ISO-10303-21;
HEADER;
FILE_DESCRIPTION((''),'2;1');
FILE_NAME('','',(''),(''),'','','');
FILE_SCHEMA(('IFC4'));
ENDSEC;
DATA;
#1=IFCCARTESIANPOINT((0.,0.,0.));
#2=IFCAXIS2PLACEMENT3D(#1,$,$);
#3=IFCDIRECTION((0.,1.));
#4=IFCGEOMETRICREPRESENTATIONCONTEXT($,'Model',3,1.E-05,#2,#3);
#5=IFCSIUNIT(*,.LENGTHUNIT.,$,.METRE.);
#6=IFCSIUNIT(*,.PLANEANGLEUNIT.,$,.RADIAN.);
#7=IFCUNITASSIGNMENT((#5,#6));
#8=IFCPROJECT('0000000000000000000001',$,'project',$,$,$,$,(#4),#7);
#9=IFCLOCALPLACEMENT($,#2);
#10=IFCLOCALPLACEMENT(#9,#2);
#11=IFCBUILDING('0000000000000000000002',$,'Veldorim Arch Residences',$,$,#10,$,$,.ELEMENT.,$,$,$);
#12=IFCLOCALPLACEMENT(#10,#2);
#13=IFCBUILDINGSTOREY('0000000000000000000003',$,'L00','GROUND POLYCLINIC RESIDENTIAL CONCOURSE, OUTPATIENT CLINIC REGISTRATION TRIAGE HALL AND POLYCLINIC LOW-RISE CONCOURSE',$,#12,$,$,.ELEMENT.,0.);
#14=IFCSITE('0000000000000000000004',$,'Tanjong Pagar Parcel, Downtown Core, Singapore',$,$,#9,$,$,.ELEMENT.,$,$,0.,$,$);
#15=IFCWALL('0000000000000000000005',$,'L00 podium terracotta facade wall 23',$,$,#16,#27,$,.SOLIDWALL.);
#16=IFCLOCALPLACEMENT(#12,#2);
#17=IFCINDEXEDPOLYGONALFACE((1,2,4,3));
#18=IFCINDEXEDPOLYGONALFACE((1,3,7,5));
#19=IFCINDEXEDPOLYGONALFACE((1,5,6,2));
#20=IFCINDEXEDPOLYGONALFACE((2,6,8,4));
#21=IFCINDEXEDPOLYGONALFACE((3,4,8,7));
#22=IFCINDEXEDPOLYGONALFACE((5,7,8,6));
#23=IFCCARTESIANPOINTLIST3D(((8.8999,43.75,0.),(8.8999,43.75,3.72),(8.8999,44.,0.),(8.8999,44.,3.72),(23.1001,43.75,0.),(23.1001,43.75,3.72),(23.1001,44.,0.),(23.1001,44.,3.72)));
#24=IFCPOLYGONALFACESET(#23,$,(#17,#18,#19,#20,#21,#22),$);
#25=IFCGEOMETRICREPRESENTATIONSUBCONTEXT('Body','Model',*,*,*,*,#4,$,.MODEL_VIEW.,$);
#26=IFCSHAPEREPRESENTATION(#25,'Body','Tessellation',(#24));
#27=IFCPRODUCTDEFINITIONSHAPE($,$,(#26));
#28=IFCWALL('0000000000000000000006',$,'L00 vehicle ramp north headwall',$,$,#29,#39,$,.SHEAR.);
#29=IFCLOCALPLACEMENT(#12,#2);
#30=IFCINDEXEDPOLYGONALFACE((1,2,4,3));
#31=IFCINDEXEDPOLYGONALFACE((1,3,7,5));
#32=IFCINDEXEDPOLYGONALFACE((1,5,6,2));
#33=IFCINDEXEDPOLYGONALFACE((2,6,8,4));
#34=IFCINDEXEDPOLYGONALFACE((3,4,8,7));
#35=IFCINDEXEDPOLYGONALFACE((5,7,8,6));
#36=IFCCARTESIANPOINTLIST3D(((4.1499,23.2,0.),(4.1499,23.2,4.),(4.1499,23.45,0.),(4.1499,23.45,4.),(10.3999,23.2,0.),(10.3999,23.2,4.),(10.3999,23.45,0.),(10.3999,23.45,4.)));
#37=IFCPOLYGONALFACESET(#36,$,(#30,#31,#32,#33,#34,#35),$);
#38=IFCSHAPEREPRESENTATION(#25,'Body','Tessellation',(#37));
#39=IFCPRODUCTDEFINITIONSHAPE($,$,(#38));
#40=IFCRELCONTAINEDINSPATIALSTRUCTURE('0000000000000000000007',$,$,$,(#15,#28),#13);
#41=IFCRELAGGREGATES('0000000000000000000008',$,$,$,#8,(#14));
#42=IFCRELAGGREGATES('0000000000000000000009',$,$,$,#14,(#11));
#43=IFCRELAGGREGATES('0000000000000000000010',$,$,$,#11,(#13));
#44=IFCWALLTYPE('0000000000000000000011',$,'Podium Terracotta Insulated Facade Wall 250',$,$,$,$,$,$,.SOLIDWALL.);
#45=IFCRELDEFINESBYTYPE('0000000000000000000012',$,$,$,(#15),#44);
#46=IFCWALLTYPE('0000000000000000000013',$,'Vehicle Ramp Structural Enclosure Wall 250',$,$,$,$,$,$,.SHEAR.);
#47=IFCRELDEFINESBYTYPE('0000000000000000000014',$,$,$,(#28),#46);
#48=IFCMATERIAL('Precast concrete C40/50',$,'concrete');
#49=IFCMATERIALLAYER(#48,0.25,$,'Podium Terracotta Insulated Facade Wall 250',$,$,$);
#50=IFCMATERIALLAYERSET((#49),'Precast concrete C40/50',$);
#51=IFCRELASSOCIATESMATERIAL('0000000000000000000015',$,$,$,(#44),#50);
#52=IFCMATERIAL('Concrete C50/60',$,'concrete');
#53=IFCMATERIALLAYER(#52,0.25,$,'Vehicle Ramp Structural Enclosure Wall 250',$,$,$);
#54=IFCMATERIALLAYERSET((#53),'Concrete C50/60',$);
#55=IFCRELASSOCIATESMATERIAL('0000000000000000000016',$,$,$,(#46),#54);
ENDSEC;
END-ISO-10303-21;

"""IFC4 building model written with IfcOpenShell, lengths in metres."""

from ifc_helpers import new_model, si_unit, direction, frame, frame_2d, origin, place, context, subcontext, project, spatial, rectangle, extrude, material, layer, layer_set, type_object, element, save


model = new_model("IFC4")

# Units and contexts
model_context = context("Model", 3, precision=1e-05, world=origin(), true_north=direction((0.0, 1.0)))
body_context = subcontext(model_context, "Body", "Model", "MODEL_VIEW")
ifc_project = project(units=[si_unit("LENGTHUNIT", "METRE"), si_unit("PLANEANGLEUNIT", "RADIAN")], contexts=[model_context])

# Site, building, storey
site_placement = place(None, origin())
site = spatial("IfcSite", under=ifc_project, at=site_placement, Name="Tanjong Pagar Parcel, Downtown Core, Singapore", CompositionType="ELEMENT", RefElevation=0.0)
building_placement = place(site_placement, origin())
building = spatial("IfcBuilding", under=site, at=building_placement, Name="Veldorim Arch Residences", CompositionType="ELEMENT")
storey_placement = place(building_placement, origin())
storey = spatial("IfcBuildingStorey", under=building, at=storey_placement, Name="L00", Description="GROUND POLYCLINIC RESIDENTIAL CONCOURSE, OUTPATIENT CLINIC REGISTRATION TRIAGE HALL AND POLYCLINIC LOW-RISE CONCOURSE", CompositionType="ELEMENT", Elevation=0.0)

# Walls
ifc_material_1 = material(Name="Precast concrete C40/50", Category="concrete")
ifc_layer_1 = layer(ifc_material_1, 0.25, Name="Podium Terracotta Insulated Facade Wall 250")
ifc_layer_set_1 = layer_set([ifc_layer_1], Name="Precast concrete C40/50")
wall_type_1 = type_object("IfcWallType", Name="Podium Terracotta Insulated Facade Wall 250", PredefinedType="SOLIDWALL", material=ifc_layer_set_1)
wall_1_placement = place(storey_placement, frame((8.8999, 43.875, 0.0), z_axis=(0.0, 0.0, 1.0), x_axis=(1.0, 0.0, 0.0)))
element("IfcWall", 1, at=wall_1_placement, inside=storey, type_object=wall_type_1, Name="L00 podium terracotta facade wall 23", PredefinedType="SOLIDWALL", context=body_context, shape_type="SweptSolid", body=[
    extrude(rectangle(XDim=14.2002, YDim=0.25, at=frame_2d((7.1001, 0.0))), origin(), (0.0, 0.0, 1.0), 3.72),
])
ifc_material_2 = material(Name="Concrete C50/60", Category="concrete")
ifc_layer_2 = layer(ifc_material_2, 0.25, Name="Vehicle Ramp Structural Enclosure Wall 250")
ifc_layer_set_2 = layer_set([ifc_layer_2], Name="Concrete C50/60")
wall_type_2 = type_object("IfcWallType", Name="Vehicle Ramp Structural Enclosure Wall 250", PredefinedType="SHEAR", material=ifc_layer_set_2)
wall_2_placement = place(storey_placement, frame((4.1499, 23.325, 0.0), z_axis=(0.0, 0.0, 1.0), x_axis=(1.0, 0.0, 0.0)))
element("IfcWall", 2, at=wall_2_placement, inside=storey, type_object=wall_type_2, Name="L00 vehicle ramp north headwall", PredefinedType="SHEAR", context=body_context, shape_type="SweptSolid", body=[
    extrude(rectangle(XDim=6.25, YDim=0.25, at=frame_2d((3.125, 0.0))), origin(), (0.0, 0.0, 1.0), 4.0),
])

save(model, "model.ifc")
